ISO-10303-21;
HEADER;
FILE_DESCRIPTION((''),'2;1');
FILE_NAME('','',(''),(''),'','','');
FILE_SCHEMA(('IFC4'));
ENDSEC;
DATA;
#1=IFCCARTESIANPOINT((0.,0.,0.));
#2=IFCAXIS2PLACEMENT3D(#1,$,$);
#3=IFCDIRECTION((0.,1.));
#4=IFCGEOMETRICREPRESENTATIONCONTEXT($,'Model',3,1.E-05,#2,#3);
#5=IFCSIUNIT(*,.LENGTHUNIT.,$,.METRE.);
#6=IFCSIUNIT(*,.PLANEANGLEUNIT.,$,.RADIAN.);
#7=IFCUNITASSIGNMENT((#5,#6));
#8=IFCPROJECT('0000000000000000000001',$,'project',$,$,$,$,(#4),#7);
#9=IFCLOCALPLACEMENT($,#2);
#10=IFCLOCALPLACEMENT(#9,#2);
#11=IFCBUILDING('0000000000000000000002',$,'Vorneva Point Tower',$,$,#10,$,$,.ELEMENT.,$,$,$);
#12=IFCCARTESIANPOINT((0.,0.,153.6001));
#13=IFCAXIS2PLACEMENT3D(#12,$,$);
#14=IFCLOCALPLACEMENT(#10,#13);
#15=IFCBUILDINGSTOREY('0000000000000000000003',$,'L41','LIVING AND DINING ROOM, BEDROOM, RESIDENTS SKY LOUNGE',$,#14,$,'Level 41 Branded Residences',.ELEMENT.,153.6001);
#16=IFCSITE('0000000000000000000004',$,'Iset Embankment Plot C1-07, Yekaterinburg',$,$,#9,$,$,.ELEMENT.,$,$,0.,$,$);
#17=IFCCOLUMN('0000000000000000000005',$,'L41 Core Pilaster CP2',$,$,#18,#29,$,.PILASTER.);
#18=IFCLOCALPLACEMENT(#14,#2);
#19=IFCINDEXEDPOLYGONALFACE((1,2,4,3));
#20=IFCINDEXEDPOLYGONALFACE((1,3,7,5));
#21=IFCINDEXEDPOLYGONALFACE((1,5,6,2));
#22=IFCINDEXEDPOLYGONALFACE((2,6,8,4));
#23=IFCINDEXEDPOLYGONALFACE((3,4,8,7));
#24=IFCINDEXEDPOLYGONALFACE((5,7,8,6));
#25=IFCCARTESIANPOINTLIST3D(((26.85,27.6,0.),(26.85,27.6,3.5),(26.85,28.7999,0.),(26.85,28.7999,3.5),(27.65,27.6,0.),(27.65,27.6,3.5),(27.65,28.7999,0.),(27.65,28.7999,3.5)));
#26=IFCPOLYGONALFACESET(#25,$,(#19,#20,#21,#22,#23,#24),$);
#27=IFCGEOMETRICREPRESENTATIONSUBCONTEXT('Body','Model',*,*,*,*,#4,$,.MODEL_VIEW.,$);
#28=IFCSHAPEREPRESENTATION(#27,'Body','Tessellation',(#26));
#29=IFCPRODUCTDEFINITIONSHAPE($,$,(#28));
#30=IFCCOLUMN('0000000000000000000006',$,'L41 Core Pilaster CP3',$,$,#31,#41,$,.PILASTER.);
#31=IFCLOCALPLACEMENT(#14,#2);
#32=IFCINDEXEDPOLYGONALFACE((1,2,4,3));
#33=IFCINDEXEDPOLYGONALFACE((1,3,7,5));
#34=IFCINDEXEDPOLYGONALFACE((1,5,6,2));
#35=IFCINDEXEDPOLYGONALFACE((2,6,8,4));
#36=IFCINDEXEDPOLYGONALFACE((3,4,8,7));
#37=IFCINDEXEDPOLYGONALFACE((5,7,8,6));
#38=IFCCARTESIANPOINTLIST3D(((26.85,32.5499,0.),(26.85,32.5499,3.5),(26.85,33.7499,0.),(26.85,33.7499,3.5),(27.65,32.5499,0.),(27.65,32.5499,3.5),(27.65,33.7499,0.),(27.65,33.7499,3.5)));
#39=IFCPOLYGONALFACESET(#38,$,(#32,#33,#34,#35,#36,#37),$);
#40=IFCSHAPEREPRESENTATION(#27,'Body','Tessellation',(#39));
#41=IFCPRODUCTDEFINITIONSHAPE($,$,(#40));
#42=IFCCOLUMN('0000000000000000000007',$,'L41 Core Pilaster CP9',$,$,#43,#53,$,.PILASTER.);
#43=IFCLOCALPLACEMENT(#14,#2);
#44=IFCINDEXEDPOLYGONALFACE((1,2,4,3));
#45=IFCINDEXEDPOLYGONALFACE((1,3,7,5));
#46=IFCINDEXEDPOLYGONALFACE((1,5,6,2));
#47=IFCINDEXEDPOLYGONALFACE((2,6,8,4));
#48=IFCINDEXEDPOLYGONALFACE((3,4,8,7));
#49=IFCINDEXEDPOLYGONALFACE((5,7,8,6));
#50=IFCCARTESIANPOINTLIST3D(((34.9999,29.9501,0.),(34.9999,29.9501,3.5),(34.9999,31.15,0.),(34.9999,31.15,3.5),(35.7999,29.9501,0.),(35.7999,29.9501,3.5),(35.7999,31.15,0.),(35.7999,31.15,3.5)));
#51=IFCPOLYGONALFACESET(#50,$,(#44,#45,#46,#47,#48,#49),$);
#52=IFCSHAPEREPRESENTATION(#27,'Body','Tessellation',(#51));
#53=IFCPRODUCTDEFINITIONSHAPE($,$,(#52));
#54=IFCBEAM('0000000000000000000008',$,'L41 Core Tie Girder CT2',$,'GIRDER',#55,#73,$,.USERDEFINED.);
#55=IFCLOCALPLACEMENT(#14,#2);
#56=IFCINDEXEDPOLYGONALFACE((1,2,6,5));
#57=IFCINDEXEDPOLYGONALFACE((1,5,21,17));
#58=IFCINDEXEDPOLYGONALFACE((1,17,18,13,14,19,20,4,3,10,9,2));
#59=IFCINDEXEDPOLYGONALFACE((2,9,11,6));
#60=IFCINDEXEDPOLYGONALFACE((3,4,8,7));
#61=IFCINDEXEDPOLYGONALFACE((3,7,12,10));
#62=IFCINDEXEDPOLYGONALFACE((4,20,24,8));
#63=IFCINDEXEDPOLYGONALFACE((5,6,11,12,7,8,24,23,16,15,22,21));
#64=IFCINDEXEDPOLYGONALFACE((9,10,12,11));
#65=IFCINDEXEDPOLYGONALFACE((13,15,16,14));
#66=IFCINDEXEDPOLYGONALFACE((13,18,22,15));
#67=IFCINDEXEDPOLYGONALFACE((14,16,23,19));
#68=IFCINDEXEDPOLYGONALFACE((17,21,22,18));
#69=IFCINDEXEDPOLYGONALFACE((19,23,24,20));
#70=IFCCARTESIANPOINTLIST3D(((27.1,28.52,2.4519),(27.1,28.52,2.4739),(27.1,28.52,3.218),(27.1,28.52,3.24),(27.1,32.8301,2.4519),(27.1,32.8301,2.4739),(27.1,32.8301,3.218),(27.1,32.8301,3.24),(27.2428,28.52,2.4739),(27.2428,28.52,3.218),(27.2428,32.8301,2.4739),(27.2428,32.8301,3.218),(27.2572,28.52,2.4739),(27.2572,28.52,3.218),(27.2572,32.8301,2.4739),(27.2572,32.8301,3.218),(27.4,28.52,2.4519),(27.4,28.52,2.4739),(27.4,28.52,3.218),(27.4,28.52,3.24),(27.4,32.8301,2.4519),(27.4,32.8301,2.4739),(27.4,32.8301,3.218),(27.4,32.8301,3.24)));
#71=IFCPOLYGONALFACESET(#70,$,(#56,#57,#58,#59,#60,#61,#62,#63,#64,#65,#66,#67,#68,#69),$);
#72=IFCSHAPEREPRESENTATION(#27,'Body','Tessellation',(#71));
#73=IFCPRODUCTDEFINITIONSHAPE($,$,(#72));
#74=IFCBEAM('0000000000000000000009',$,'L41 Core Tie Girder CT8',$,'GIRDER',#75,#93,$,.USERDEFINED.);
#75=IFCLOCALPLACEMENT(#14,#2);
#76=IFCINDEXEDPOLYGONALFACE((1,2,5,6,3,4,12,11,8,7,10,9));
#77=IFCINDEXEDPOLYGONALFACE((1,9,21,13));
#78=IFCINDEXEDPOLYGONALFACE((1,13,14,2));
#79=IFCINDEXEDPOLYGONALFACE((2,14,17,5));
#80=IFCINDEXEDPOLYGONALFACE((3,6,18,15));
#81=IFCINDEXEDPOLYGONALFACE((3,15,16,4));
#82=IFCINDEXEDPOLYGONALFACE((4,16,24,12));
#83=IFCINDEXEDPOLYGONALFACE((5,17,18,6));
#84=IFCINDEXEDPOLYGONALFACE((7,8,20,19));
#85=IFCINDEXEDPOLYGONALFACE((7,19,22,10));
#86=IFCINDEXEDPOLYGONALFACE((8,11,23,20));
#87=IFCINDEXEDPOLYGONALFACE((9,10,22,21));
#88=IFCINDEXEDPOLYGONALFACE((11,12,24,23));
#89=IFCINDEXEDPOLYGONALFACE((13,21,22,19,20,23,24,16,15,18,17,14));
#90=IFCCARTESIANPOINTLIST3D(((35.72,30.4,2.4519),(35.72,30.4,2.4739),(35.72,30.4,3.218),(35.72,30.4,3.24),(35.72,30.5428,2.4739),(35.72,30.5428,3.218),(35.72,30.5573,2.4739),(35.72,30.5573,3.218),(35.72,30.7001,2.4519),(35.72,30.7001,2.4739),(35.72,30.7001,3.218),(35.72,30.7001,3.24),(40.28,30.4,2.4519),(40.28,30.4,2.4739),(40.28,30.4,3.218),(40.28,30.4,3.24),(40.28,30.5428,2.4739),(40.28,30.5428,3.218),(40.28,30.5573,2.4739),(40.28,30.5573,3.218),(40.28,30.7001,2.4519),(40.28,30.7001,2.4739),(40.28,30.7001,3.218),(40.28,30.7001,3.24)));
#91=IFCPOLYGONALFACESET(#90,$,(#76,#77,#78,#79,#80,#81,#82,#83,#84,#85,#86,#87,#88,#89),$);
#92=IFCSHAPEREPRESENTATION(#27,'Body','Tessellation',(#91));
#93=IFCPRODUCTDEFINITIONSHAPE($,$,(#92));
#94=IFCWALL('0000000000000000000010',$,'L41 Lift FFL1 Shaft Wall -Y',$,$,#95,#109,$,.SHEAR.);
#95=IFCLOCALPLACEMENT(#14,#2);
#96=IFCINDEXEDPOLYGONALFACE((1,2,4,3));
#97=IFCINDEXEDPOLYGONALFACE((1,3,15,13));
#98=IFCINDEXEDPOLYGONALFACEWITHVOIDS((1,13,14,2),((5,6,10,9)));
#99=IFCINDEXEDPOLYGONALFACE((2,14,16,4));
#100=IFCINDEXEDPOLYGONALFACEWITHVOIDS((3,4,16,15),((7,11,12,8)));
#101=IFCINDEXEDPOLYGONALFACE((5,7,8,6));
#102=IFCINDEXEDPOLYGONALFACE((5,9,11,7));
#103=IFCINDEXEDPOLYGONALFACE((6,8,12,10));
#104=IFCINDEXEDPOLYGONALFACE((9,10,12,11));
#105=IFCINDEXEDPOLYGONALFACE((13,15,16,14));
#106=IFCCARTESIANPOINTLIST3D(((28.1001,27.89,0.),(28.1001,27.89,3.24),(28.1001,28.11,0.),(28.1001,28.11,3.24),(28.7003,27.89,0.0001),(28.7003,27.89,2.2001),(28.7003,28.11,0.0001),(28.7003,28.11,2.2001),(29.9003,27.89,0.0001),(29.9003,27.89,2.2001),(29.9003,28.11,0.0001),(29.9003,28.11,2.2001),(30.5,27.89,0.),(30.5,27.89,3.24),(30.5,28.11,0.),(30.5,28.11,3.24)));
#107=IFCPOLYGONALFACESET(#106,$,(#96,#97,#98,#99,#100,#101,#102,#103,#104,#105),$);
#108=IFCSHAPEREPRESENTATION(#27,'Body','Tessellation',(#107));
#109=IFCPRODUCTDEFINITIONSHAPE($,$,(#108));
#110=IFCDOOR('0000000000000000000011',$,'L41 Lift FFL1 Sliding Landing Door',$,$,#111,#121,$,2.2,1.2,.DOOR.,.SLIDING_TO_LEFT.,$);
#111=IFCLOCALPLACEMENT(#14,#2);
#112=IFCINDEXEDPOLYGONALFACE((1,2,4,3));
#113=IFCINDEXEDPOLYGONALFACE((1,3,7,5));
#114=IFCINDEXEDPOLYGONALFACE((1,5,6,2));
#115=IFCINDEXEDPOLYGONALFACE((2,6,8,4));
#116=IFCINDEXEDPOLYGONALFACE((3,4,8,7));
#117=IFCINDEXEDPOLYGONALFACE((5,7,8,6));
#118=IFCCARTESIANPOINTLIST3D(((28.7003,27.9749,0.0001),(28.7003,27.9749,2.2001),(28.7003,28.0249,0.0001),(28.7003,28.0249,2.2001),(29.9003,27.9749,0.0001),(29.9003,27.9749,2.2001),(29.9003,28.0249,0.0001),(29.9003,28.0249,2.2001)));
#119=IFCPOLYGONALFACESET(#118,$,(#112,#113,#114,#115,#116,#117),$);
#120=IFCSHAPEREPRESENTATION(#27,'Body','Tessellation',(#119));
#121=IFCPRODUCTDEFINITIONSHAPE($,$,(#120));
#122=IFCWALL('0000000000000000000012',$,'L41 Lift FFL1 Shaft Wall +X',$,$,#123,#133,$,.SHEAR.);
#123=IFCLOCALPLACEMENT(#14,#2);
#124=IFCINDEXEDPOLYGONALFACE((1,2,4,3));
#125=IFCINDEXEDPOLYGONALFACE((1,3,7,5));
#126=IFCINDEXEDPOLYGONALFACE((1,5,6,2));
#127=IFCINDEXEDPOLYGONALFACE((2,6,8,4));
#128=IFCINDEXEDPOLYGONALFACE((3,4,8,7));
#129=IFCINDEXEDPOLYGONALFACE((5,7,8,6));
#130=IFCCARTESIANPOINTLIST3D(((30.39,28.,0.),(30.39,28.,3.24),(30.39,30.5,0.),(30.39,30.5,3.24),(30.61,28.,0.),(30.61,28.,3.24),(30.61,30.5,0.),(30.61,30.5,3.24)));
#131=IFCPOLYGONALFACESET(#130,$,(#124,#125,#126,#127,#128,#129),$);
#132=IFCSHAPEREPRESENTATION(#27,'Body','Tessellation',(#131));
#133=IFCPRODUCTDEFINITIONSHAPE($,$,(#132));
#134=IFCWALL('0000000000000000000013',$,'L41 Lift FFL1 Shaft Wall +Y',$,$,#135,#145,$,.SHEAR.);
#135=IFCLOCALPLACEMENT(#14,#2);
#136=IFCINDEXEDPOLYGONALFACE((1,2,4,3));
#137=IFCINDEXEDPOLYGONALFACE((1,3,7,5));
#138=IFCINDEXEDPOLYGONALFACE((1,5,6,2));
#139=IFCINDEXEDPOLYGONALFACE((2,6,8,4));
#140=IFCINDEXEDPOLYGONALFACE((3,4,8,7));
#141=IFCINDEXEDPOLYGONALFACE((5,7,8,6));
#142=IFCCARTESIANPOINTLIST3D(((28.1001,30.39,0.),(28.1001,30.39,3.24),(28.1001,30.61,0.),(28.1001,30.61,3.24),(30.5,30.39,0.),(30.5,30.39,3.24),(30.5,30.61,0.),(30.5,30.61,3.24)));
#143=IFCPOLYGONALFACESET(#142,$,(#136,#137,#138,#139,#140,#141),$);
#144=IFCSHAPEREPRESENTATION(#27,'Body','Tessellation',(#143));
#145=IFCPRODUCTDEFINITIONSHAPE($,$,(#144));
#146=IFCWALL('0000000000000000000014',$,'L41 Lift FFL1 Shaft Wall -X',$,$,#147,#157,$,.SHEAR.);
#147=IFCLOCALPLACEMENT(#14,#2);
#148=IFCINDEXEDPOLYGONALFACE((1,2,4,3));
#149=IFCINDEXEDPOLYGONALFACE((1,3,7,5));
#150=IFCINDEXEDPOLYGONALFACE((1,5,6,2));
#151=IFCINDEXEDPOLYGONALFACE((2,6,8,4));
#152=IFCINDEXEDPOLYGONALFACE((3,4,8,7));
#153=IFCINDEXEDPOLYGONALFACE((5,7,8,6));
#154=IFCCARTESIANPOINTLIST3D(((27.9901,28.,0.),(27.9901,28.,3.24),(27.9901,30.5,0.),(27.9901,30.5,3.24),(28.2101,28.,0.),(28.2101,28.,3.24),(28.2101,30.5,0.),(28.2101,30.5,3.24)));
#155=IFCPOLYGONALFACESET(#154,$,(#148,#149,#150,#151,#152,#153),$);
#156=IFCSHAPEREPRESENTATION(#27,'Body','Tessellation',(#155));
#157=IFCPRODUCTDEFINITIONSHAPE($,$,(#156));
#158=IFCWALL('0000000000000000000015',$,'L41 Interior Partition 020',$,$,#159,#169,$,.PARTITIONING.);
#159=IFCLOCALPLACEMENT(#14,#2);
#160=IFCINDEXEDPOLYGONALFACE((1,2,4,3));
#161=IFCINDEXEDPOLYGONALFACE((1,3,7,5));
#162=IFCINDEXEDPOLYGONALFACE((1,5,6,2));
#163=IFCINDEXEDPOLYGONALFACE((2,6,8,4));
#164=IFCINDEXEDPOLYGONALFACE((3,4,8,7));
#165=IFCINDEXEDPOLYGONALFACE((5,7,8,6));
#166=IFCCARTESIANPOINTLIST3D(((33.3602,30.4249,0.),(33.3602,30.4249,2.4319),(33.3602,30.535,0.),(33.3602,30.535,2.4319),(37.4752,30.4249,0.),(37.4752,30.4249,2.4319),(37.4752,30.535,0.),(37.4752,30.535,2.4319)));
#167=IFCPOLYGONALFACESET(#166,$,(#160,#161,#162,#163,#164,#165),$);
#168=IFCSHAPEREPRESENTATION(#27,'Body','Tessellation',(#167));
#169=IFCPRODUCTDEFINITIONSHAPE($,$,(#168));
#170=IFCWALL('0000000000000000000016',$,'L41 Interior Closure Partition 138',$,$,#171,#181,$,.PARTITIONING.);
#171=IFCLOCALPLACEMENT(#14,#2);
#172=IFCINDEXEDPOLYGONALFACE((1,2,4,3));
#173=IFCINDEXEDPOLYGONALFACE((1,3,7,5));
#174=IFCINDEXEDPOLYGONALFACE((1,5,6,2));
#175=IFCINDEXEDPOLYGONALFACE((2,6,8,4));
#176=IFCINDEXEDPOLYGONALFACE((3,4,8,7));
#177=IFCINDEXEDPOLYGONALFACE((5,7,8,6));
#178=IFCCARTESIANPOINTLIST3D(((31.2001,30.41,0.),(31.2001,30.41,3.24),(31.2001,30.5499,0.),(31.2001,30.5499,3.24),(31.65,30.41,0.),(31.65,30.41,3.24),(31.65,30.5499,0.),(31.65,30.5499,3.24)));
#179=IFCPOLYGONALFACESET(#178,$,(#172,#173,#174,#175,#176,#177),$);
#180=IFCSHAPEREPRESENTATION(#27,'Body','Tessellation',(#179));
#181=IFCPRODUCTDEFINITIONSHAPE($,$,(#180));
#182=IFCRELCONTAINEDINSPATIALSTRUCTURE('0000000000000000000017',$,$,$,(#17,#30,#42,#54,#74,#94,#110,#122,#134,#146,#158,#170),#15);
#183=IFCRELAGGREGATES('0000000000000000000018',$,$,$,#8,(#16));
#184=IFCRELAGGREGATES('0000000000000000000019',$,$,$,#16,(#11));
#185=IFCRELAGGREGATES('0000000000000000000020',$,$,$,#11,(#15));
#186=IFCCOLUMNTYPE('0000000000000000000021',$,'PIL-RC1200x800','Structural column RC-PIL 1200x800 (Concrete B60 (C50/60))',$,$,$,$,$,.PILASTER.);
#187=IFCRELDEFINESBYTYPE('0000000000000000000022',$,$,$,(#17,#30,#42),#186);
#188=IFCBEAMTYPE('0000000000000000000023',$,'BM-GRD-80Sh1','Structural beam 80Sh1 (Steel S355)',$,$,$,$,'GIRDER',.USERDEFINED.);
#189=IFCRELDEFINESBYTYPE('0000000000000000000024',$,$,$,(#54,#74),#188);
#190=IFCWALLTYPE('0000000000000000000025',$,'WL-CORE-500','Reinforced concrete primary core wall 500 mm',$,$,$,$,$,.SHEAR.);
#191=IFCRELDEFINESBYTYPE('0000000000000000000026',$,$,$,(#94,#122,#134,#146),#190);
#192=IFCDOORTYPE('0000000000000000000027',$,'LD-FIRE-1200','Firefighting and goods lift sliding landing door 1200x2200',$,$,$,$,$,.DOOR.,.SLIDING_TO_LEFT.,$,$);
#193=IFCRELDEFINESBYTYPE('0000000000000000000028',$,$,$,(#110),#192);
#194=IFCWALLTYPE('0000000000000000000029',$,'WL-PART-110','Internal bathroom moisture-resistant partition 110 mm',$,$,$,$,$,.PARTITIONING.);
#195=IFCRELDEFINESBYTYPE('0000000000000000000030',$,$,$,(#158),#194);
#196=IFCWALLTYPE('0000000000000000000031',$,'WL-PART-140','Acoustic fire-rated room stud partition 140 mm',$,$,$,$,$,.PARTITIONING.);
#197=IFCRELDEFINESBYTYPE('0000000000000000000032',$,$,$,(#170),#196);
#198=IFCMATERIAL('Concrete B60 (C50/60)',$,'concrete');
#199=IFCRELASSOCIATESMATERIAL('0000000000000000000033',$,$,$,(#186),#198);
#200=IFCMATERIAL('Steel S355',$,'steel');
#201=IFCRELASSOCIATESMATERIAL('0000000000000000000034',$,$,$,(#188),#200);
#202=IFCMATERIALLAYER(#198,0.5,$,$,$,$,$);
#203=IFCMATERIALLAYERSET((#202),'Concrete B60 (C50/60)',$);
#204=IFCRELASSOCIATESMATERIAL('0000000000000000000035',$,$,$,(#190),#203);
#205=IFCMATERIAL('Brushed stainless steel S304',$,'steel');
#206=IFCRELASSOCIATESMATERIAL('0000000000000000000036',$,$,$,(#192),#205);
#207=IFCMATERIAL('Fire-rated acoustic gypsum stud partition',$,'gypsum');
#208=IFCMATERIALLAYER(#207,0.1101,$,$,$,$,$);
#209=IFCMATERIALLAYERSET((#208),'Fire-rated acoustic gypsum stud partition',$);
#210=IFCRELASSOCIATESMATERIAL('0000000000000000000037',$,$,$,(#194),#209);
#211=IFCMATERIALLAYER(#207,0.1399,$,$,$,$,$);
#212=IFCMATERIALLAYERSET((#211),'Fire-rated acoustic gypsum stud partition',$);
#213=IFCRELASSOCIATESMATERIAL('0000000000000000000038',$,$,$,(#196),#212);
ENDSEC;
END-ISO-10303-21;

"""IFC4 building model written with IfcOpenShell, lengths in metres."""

from ifc_helpers import new_model, si_unit, direction, frame, frame_2d, origin, origin_2d, place, context, subcontext, project, spatial, rectangle, i_section, extrude, material, layer, layer_set, material_profile, profile_set, type_object, element, fill, save


model = new_model("IFC4")

# Units and contexts
model_context = context("Model", 3, precision=1e-05, world=origin(), true_north=direction((0.0, 1.0)))
body_context = subcontext(model_context, "Body", "Model", "MODEL_VIEW")
ifc_project = project(units=[si_unit("LENGTHUNIT", "METRE"), si_unit("PLANEANGLEUNIT", "RADIAN")], contexts=[model_context])

# Site, building, storey
site_placement = place(None, origin())
site = spatial("IfcSite", under=ifc_project, at=site_placement, Name="Iset Embankment Plot C1-07, Yekaterinburg", CompositionType="ELEMENT", RefElevation=0.0)
building_placement = place(site_placement, origin())
building = spatial("IfcBuilding", under=site, at=building_placement, Name="Vorneva Point Tower", CompositionType="ELEMENT")
storey_placement = place(building_placement, frame((0.0, 0.0, 153.6001)))
storey = spatial("IfcBuildingStorey", under=building, at=storey_placement, Name="L41", Description="LIVING AND DINING ROOM, BEDROOM, RESIDENTS SKY LOUNGE", LongName="Level 41 Branded Residences", CompositionType="ELEMENT", Elevation=153.6001)

# Columns
ifc_material_1 = material(Name="Concrete B60 (C50/60)", Category="concrete")
ifc_material_profile_1 = material_profile(ifc_material_1, rectangle(XDim=0.8, YDim=1.2, at=origin_2d()), Name="RC-PIL 1200x800")
ifc_profile_set_1 = profile_set([ifc_material_profile_1], Name="Concrete B60 (C50/60)")
column_type = type_object("IfcColumnType", Name="PIL-RC1200x800", Description="Structural column RC-PIL 1200x800 (Concrete B60 (C50/60))", PredefinedType="PILASTER", material=ifc_profile_set_1)
for number, where, z_axis, x_axis, name in (
    (1, (27.25, 28.2, 0.0), (0.0, 0.0, 1.0), (1.0, 0.0, 0.0), "L41 Core Pilaster CP2"),
    (2, (27.25, 33.1499, 0.0), (0.0, 0.0, 1.0), (1.0, 0.0, 0.0), "L41 Core Pilaster CP3"),
    (3, (35.3999, 30.55, 0.0), (0.0, 0.0, 1.0), (1.0, 0.0, 0.0), "L41 Core Pilaster CP9"),
):
    element("IfcColumn", number, at=place(storey_placement, frame(where, z_axis=z_axis, x_axis=x_axis)), inside=storey, type_object=column_type, Name=name, PredefinedType="PILASTER", context=body_context, shape_type="SweptSolid", body=[
        extrude(rectangle(XDim=0.8, YDim=1.2, at=origin_2d()), origin(), (0.0, 0.0, 1.0), 3.5),
    ])

# Beams
ifc_material_2 = material(Name="Steel S355", Category="steel")
ifc_material_profile_2 = material_profile(ifc_material_2, i_section(OverallWidth=0.3, OverallDepth=0.7881, WebThickness=0.0144, FlangeThickness=0.022, at=origin_2d()), Name="80Sh1")
ifc_profile_set_2 = profile_set([ifc_material_profile_2], Name="Steel S355")
beam_type = type_object("IfcBeamType", Name="BM-GRD-80Sh1", Description="Structural beam 80Sh1 (Steel S355)", ElementType="GIRDER", PredefinedType="USERDEFINED", material=ifc_profile_set_2)
beam_1_placement = place(storey_placement, frame((27.25, 28.52, 2.8459), z_axis=(0.0, 1.0, 0.0), x_axis=(-1.0, 0.0, 0.0)))
element("IfcBeam", 4, at=beam_1_placement, inside=storey, type_object=beam_type, Name="L41 Core Tie Girder CT2", ObjectType="GIRDER", PredefinedType="USERDEFINED", context=body_context, shape_type="SweptSolid", body=[
    extrude(i_section(OverallWidth=0.3, OverallDepth=0.7881, WebThickness=0.0144, FlangeThickness=0.022, at=origin_2d()), origin(), (0.0, 0.0, 1.0), 4.3101),
])
beam_2_placement = place(storey_placement, frame((35.72, 30.55, 2.8459), z_axis=(1.0, 0.0, 0.0), x_axis=(0.0, 1.0, 0.0)))
element("IfcBeam", 5, at=beam_2_placement, inside=storey, type_object=beam_type, Name="L41 Core Tie Girder CT8", ObjectType="GIRDER", PredefinedType="USERDEFINED", context=body_context, shape_type="SweptSolid", body=[
    extrude(i_section(OverallWidth=0.3, OverallDepth=0.7881, WebThickness=0.0144, FlangeThickness=0.022, at=origin_2d()), origin(), (0.0, 0.0, 1.0), 4.5601),
])

# Wall, opening, door
ifc_layer_1 = layer(ifc_material_1, 0.5)
ifc_layer_set_1 = layer_set([ifc_layer_1], Name="Concrete B60 (C50/60)")
wall_type_1 = type_object("IfcWallType", Name="WL-CORE-500", Description="Reinforced concrete primary core wall 500 mm", PredefinedType="SHEAR", material=ifc_layer_set_1)
wall_1_placement = place(storey_placement, frame((28.1001, 28.0, 0.0), z_axis=(0.0, 0.0, 1.0), x_axis=(1.0, 0.0, 0.0)))
wall_1 = element("IfcWall", 6, at=wall_1_placement, inside=storey, type_object=wall_type_1, Name="L41 Lift FFL1 Shaft Wall -Y", PredefinedType="SHEAR", context=body_context, shape_type="SweptSolid", body=[
    extrude(rectangle(XDim=2.3999, YDim=0.22, at=frame_2d((1.2, 0.0))), origin(), (0.0, 0.0, 1.0), 3.24),
])
opening_1_placement = place(wall_1_placement, frame((0.6001, 0.0, 0.0)))
opening_1 = element("IfcOpeningElement", 7, at=opening_1_placement, cuts=wall_1, PredefinedType="OPENING", context=body_context, shape_type="SweptSolid", body=[
    extrude(rectangle(XDim=1.2, YDim=2.2, at=frame_2d((0.6001, 1.1001))), frame((0.0, 0.125, 0.0), z_axis=(0.0, -1.0, 0.0), x_axis=(1.0, 0.0, 0.0)), (0.0, 0.0, 1.0), 0.2498),
])
ifc_material_3 = material(Name="Brushed stainless steel S304", Category="steel")
door_type_1 = type_object("IfcDoorType", Name="LD-FIRE-1200", Description="Firefighting and goods lift sliding landing door 1200x2200", OperationType="SLIDING_TO_LEFT", PredefinedType="DOOR", material=ifc_material_3)
door_1_placement = place(opening_1_placement, origin())
door_1 = element("IfcDoor", 8, at=door_1_placement, inside=storey, type_object=door_type_1, Name="L41 Lift FFL1 Sliding Landing Door", OperationType="SLIDING_TO_LEFT", OverallHeight=2.2, OverallWidth=1.2, PredefinedType="DOOR", context=body_context, shape_type="SweptSolid", body=[
    extrude(rectangle(XDim=1.2, YDim=2.2, at=frame_2d((0.6001, 1.1001))), frame((0.0, 0.0249, 0.0), z_axis=(0.0, -1.0, 0.0), x_axis=(1.0, 0.0, 0.0)), (0.0, 0.0, 1.0), 0.05),
])
fill(opening_1, door_1)

# Walls
wall_2_placement = place(storey_placement, frame((30.5, 28.0, 0.0), z_axis=(0.0, 0.0, 1.0), x_axis=(0.0, 1.0, 0.0)))
element("IfcWall", 9, at=wall_2_placement, inside=storey, type_object=wall_type_1, Name="L41 Lift FFL1 Shaft Wall +X", PredefinedType="SHEAR", context=body_context, shape_type="SweptSolid", body=[
    extrude(rectangle(XDim=2.5, YDim=0.22, at=frame_2d((1.25, 0.0))), origin(), (0.0, 0.0, 1.0), 3.24),
])
wall_3_placement = place(storey_placement, frame((30.5, 30.5, 0.0), z_axis=(0.0, 0.0, 1.0), x_axis=(-1.0, 0.0, 0.0)))
element("IfcWall", 10, at=wall_3_placement, inside=storey, type_object=wall_type_1, Name="L41 Lift FFL1 Shaft Wall +Y", PredefinedType="SHEAR", context=body_context, shape_type="SweptSolid", body=[
    extrude(rectangle(XDim=2.3999, YDim=0.22, at=frame_2d((1.2, 0.0))), origin(), (0.0, 0.0, 1.0), 3.24),
])
wall_4_placement = place(storey_placement, frame((28.1001, 30.5, 0.0), z_axis=(0.0, 0.0, 1.0), x_axis=(0.0, -1.0, 0.0)))
element("IfcWall", 11, at=wall_4_placement, inside=storey, type_object=wall_type_1, Name="L41 Lift FFL1 Shaft Wall -X", PredefinedType="SHEAR", context=body_context, shape_type="SweptSolid", body=[
    extrude(rectangle(XDim=2.5, YDim=0.22, at=frame_2d((1.25, 0.0))), origin(), (0.0, 0.0, 1.0), 3.24),
])
ifc_material_4 = material(Name="Fire-rated acoustic gypsum stud partition", Category="gypsum")
ifc_layer_2 = layer(ifc_material_4, 0.1101)
ifc_layer_set_2 = layer_set([ifc_layer_2], Name="Fire-rated acoustic gypsum stud partition")
wall_type_2 = type_object("IfcWallType", Name="WL-PART-110", Description="Internal bathroom moisture-resistant partition 110 mm", PredefinedType="PARTITIONING", material=ifc_layer_set_2)
wall_5_placement = place(storey_placement, frame((33.3601, 30.48, 0.0), z_axis=(0.0, 0.0, 1.0), x_axis=(1.0, 0.0, 0.0)))
element("IfcWall", 12, at=wall_5_placement, inside=storey, type_object=wall_type_2, Name="L41 Interior Partition 020", PredefinedType="PARTITIONING", context=body_context, shape_type="SweptSolid", body=[
    extrude(rectangle(XDim=4.115, YDim=0.1101, at=frame_2d((2.0576, 0.0))), origin(), (0.0, 0.0, 1.0), 2.4319),
])
ifc_layer_3 = layer(ifc_material_4, 0.1399)
ifc_layer_set_3 = layer_set([ifc_layer_3], Name="Fire-rated acoustic gypsum stud partition")
wall_type_3 = type_object("IfcWallType", Name="WL-PART-140", Description="Acoustic fire-rated room stud partition 140 mm", PredefinedType="PARTITIONING", material=ifc_layer_set_3)
wall_6_placement = place(storey_placement, frame((31.2, 30.48, 0.0), z_axis=(0.0, 0.0, 1.0), x_axis=(1.0, 0.0, 0.0)))
element("IfcWall", 13, at=wall_6_placement, inside=storey, type_object=wall_type_3, Name="L41 Interior Closure Partition 138", PredefinedType="PARTITIONING", context=body_context, shape_type="SweptSolid", body=[
    extrude(rectangle(XDim=0.45, YDim=0.1399, at=frame_2d((0.2251, 0.0))), origin(), (0.0, 0.0, 1.0), 3.24),
])

save(model, "model.ifc")
